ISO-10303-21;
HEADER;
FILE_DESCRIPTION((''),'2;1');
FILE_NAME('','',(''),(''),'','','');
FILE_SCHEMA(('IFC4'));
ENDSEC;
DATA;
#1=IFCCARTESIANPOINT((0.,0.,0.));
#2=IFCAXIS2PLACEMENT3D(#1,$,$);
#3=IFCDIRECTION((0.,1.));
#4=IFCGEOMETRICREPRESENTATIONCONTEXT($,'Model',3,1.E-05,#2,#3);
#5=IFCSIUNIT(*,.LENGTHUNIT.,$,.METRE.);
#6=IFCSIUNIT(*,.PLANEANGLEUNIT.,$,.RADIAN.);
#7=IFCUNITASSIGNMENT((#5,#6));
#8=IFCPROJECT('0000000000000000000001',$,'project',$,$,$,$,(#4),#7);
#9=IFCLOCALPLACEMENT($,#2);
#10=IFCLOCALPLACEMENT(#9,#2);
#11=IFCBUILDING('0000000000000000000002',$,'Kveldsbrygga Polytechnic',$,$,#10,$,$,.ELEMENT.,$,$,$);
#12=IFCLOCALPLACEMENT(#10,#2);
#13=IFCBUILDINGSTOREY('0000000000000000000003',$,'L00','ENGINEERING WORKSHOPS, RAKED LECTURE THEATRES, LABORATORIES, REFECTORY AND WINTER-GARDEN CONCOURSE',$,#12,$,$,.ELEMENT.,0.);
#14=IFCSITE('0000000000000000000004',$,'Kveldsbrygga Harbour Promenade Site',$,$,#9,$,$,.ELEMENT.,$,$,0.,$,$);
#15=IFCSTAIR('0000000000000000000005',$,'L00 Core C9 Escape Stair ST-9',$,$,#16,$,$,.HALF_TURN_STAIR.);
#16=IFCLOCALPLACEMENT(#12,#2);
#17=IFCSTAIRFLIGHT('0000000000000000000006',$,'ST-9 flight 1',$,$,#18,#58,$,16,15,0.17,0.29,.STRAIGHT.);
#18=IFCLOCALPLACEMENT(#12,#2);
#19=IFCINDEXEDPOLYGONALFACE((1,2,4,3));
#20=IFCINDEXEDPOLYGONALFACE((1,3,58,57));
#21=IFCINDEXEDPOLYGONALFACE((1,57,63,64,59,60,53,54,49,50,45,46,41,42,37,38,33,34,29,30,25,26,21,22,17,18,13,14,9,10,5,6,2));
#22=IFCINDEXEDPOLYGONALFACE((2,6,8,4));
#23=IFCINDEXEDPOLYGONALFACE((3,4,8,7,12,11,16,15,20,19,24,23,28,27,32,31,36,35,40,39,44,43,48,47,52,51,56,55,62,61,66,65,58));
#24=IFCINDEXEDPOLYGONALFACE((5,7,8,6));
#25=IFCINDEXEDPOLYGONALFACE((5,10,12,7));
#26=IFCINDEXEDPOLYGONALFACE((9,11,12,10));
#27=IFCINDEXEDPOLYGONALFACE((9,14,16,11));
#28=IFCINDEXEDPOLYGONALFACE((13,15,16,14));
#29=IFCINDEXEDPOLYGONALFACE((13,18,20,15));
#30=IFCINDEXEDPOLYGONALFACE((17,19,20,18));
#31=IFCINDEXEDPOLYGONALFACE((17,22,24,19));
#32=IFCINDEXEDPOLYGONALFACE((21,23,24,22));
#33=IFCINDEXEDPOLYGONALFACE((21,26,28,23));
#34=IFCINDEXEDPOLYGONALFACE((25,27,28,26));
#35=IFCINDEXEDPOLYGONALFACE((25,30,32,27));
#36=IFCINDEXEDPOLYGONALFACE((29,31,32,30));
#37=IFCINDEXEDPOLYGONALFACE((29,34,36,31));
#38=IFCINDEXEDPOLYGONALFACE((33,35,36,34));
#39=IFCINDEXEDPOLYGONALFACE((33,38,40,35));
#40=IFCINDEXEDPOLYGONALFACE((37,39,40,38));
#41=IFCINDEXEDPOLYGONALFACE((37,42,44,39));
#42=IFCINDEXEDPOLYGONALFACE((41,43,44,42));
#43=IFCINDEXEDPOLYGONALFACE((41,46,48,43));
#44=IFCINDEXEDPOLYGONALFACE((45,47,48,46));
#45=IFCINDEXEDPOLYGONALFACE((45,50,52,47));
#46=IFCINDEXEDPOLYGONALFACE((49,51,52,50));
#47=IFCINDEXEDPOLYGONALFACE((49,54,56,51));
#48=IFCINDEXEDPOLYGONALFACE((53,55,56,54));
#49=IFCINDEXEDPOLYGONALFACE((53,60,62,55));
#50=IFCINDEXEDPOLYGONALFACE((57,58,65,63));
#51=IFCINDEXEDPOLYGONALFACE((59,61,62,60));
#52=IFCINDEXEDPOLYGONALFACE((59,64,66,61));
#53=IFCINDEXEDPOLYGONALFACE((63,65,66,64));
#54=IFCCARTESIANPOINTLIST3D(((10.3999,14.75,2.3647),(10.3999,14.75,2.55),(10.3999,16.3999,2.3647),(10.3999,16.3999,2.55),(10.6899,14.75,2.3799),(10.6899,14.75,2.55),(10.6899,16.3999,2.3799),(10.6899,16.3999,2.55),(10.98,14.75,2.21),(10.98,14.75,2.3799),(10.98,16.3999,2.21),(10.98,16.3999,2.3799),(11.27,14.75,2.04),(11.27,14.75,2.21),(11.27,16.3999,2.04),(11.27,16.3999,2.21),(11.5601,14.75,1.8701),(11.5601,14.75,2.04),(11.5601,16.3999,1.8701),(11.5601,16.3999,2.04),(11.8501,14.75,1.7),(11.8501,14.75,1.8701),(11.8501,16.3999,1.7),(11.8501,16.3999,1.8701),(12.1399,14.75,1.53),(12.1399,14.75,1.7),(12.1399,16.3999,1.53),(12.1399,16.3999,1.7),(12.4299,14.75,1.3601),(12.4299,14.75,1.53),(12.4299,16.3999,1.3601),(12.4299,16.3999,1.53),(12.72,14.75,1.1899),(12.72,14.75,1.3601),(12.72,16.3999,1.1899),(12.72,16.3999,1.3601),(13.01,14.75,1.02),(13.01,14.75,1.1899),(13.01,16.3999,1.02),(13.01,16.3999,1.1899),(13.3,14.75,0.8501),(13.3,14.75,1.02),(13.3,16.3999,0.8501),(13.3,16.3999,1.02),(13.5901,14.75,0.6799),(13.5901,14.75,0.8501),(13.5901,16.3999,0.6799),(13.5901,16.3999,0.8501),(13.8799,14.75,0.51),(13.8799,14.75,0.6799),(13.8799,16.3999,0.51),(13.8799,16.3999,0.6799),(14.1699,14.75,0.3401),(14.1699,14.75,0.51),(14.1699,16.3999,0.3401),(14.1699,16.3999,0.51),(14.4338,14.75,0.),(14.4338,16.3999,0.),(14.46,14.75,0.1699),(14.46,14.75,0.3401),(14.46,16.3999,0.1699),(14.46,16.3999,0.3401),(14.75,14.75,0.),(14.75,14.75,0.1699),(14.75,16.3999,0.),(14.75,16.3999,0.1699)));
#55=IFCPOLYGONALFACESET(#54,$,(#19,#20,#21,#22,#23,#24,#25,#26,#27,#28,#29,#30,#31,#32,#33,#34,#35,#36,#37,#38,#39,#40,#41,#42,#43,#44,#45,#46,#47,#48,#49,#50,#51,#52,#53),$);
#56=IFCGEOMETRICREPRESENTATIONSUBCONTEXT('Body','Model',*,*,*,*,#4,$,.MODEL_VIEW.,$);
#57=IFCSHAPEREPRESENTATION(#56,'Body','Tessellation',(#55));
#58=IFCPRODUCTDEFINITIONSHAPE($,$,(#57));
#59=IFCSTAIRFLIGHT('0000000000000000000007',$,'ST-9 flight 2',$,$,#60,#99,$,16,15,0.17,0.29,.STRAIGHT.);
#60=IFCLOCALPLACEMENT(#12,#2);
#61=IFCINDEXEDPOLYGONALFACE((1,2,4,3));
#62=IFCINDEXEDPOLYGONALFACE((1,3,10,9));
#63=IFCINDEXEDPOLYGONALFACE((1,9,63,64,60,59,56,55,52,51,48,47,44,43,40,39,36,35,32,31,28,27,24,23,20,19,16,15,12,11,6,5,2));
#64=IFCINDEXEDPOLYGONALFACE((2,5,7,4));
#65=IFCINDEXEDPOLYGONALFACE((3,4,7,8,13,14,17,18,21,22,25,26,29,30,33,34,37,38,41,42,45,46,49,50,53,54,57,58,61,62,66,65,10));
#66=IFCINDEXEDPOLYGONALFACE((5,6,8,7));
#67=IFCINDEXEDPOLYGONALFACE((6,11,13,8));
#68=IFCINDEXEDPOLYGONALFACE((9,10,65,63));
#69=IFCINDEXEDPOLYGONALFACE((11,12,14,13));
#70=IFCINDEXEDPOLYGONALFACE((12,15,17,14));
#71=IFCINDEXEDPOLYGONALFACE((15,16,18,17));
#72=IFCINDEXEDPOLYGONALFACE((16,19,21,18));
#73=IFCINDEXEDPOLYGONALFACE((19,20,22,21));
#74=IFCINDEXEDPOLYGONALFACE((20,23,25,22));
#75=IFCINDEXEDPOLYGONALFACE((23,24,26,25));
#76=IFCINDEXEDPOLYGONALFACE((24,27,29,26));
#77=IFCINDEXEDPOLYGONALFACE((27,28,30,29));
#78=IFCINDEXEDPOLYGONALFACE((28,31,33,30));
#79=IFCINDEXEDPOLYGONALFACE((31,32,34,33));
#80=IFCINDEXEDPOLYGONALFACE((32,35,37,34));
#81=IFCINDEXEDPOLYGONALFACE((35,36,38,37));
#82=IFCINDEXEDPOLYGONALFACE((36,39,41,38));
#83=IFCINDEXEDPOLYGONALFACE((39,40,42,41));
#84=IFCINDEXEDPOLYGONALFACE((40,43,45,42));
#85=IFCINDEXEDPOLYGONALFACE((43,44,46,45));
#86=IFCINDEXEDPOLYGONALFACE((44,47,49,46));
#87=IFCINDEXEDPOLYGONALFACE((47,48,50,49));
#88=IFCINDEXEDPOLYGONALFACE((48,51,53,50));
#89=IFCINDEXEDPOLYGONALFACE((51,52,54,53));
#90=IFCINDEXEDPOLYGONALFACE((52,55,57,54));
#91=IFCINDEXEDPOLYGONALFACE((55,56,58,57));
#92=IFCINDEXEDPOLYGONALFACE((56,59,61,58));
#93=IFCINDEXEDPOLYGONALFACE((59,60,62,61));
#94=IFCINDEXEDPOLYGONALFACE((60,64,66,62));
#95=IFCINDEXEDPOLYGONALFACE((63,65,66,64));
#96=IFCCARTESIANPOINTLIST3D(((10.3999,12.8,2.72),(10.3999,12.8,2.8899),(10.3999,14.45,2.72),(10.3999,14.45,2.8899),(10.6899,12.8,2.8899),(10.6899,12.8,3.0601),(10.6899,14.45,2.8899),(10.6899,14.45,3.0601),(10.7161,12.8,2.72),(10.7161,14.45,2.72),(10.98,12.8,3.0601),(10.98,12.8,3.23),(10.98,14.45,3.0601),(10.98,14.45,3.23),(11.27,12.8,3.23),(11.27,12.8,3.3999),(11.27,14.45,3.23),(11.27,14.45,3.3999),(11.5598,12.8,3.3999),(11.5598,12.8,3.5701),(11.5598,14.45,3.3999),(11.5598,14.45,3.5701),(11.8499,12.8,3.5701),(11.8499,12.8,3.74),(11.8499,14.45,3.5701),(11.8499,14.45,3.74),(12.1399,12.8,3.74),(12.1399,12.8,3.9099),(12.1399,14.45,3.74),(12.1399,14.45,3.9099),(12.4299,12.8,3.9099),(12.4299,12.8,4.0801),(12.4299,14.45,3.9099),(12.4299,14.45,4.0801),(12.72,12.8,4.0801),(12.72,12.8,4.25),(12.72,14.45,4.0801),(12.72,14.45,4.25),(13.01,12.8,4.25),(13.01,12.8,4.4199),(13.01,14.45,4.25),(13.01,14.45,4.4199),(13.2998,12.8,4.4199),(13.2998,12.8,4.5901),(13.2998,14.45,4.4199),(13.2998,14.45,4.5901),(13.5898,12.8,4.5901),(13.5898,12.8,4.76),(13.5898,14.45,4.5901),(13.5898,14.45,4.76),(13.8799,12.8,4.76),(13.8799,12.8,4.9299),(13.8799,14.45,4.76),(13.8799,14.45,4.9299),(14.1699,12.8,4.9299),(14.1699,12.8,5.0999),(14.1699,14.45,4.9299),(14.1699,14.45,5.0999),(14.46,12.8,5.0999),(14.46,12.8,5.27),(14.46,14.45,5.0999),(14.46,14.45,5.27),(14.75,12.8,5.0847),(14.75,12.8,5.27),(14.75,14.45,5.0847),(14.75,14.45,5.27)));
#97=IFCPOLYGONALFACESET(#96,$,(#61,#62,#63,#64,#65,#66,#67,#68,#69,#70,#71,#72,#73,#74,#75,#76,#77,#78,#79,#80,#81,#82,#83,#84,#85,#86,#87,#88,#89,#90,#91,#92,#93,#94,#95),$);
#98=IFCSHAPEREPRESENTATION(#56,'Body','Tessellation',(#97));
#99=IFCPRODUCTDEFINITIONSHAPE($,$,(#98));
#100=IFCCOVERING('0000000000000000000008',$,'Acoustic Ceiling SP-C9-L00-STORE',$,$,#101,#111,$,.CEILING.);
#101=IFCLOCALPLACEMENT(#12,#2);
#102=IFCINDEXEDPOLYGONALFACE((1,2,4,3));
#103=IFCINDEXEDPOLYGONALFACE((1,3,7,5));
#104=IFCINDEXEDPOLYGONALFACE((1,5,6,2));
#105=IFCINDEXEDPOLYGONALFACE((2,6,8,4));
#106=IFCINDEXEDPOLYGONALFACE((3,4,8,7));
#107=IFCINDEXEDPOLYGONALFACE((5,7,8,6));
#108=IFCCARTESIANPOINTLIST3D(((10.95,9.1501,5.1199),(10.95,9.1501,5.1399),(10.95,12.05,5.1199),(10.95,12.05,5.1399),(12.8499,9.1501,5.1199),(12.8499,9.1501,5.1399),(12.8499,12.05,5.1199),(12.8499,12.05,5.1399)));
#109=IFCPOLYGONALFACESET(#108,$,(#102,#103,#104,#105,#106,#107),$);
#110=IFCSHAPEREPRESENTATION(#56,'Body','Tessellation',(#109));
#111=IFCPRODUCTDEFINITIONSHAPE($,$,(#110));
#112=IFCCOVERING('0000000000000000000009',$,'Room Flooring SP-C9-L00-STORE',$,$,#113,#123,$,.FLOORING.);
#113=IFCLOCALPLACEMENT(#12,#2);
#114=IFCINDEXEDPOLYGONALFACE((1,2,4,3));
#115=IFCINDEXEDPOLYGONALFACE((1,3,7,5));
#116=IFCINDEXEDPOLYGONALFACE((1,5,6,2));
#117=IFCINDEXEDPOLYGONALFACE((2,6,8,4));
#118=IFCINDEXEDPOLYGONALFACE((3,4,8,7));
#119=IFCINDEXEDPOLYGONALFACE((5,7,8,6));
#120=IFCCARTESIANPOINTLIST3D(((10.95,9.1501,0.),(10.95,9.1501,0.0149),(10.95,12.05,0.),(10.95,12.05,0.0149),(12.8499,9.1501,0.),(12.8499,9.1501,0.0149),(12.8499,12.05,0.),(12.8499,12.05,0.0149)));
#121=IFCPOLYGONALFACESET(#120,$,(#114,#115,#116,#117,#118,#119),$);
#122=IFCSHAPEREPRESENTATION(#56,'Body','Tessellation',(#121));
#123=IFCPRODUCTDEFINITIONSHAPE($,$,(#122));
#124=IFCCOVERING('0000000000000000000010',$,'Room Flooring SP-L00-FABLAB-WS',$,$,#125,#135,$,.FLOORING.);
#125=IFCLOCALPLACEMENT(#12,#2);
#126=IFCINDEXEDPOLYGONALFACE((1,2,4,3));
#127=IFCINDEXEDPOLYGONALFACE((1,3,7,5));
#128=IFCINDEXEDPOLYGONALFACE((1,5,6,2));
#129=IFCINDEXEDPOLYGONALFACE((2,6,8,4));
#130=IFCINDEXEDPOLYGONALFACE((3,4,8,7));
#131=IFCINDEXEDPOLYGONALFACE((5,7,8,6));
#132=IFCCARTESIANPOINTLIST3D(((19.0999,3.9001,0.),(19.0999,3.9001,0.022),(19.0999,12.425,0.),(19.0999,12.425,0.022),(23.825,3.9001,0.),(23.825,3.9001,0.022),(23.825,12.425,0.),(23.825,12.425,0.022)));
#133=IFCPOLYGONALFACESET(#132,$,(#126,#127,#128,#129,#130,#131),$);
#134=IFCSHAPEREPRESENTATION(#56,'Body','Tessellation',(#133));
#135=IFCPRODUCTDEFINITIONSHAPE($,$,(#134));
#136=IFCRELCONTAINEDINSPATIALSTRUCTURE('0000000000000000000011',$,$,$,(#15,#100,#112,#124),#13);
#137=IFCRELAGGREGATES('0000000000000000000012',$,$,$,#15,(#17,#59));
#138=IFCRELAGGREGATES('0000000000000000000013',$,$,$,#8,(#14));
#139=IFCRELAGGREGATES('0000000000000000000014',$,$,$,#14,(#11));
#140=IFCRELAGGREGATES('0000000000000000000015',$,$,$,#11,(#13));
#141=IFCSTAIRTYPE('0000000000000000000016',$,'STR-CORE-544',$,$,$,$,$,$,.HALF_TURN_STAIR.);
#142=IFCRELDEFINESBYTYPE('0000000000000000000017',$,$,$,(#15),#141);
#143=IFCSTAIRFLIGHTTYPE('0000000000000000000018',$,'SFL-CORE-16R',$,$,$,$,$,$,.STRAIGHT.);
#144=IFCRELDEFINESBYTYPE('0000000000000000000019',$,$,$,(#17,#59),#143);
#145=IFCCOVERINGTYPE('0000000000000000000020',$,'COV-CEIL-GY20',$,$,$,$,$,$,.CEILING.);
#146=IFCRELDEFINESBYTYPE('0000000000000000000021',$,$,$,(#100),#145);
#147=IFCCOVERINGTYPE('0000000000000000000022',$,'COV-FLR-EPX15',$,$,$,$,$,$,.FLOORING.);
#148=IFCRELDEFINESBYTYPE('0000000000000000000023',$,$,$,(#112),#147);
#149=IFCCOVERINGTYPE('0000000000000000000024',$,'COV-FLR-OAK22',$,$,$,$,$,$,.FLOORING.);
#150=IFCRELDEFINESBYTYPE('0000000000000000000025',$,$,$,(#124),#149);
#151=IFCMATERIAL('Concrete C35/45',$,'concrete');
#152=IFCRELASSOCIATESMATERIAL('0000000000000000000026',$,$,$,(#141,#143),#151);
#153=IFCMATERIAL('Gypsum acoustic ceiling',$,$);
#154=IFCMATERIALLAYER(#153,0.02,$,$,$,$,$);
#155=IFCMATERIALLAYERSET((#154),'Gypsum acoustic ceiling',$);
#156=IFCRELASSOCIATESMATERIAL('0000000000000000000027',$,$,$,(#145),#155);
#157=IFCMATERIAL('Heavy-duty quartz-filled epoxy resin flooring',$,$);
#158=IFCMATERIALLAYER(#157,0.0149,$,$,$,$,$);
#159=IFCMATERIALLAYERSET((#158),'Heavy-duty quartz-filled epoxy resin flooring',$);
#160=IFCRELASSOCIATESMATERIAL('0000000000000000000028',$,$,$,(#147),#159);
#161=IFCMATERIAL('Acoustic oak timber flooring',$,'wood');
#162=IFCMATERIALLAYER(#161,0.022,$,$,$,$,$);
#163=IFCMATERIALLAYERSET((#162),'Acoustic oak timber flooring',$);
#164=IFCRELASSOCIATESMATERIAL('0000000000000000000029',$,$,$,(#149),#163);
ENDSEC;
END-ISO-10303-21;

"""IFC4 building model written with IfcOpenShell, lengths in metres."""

from ifc_helpers import new_model, si_unit, direction, frame, origin, origin_2d, place, context, subcontext, project, spatial, polyline, rectangle, outline, extrude, material, layer, layer_set, type_object, element, aggregate, save


model = new_model("IFC4")

# Units and contexts
model_context = context("Model", 3, precision=1e-05, world=origin(), true_north=direction((0.0, 1.0)))
body_context = subcontext(model_context, "Body", "Model", "MODEL_VIEW")
ifc_project = project(units=[si_unit("LENGTHUNIT", "METRE"), si_unit("PLANEANGLEUNIT", "RADIAN")], contexts=[model_context])

# Site, building, storey
site_placement = place(None, origin())
site = spatial("IfcSite", under=ifc_project, at=site_placement, Name="Kveldsbrygga Harbour Promenade Site", CompositionType="ELEMENT", RefElevation=0.0)
building_placement = place(site_placement, origin())
building = spatial("IfcBuilding", under=site, at=building_placement, Name="Kveldsbrygga Polytechnic", CompositionType="ELEMENT")
storey_placement = place(building_placement, origin())
storey = spatial("IfcBuildingStorey", under=building, at=storey_placement, Name="L00", Description="ENGINEERING WORKSHOPS, RAKED LECTURE THEATRES, LABORATORIES, REFECTORY AND WINTER-GARDEN CONCOURSE", CompositionType="ELEMENT", Elevation=0.0)

# Shared definitions
ifc_material_1 = material(Name="Concrete C35/45", Category="concrete")

# Stair, stair flights
stair_type = type_object("IfcStairType", Name="STR-CORE-544", PredefinedType="HALF_TURN_STAIR", material=ifc_material_1)
stair_placement = place(storey_placement, origin())
stair = element("IfcStair", 1, at=stair_placement, inside=storey, type_object=stair_type, Name="L00 Core C9 Escape Stair ST-9", PredefinedType="HALF_TURN_STAIR")
stair_flight_type = type_object("IfcStairFlightType", Name="SFL-CORE-16R", PredefinedType="STRAIGHT", material=ifc_material_1)
stair_flight_1_placement = place(storey_placement, frame((14.75, 15.575, 0.0), z_axis=(0.0, 0.0, 1.0), x_axis=(-1.0, 0.0, 0.0)))
stair_flight_1 = element("IfcStairFlight", 2, at=stair_flight_1_placement, type_object=stair_flight_type, Name="ST-9 flight 1", NumberOfRisers=16, NumberOfTreads=15, PredefinedType="STRAIGHT", RiserHeight=0.17, TreadLength=0.29, context=body_context, shape_type="SweptSolid", body=[
    extrude(outline(polyline([(0.0, 0.0), (0.0, 0.1699), (0.29, 0.1699), (0.29, 0.3401), (0.5801, 0.3401), (0.5801, 0.51), (0.8701, 0.51), (0.8701, 0.6799), (1.1599, 0.6799), (1.1599, 0.8501), (1.45, 0.8501), (1.45, 1.02), (1.74, 1.02), (1.74, 1.1899), (2.03, 1.1899), (2.03, 1.3601), (2.3201, 1.3601), (2.3201, 1.53), (2.6101, 1.53), (2.6101, 1.7), (2.8999, 1.7), (2.8999, 1.8701), (3.1899, 1.8701), (3.1899, 2.04), (3.48, 2.04), (3.48, 2.21), (3.77, 2.21), (3.77, 2.3799), (4.0601, 2.3799), (4.0601, 2.55), (4.3501, 2.55), (4.3501, 2.72), (4.3501, 2.3647), (0.3162, 0.0), (0.0, 0.0)])), frame((0.0, 0.825, 0.0), z_axis=(0.0, -1.0, 0.0), x_axis=(1.0, 0.0, 0.0)), (0.0, 0.0, 1.0), 1.6499),
])
stair_flight_2_placement = place(storey_placement, frame((10.3999, 13.625, 2.72), z_axis=(0.0, 0.0, 1.0), x_axis=(1.0, 0.0, 0.0)))
stair_flight_2 = element("IfcStairFlight", 3, at=stair_flight_2_placement, type_object=stair_flight_type, Name="ST-9 flight 2", NumberOfRisers=16, NumberOfTreads=15, PredefinedType="STRAIGHT", RiserHeight=0.17, TreadLength=0.29, context=body_context, shape_type="SweptSolid", body=[
    extrude(outline(polyline([(0.0, 0.0), (0.0, 0.1699), (0.29, 0.1699), (0.29, 0.3401), (0.5801, 0.3401), (0.5801, 0.51), (0.8701, 0.51), (0.8701, 0.6799), (1.1599, 0.6799), (1.1599, 0.8501), (1.45, 0.8501), (1.45, 1.02), (1.74, 1.02), (1.74, 1.1899), (2.03, 1.1899), (2.03, 1.3601), (2.3201, 1.3601), (2.3201, 1.53), (2.6101, 1.53), (2.6101, 1.7), (2.8999, 1.7), (2.8999, 1.8701), (3.1899, 1.8701), (3.1899, 2.04), (3.48, 2.04), (3.48, 2.21), (3.77, 2.21), (3.77, 2.3799), (4.0601, 2.3799), (4.0601, 2.55), (4.3501, 2.55), (4.3501, 2.72), (4.3501, 2.3647), (0.3162, 0.0), (0.0, 0.0)])), frame((0.0, 0.825, 0.0), z_axis=(0.0, -1.0, 0.0), x_axis=(1.0, 0.0, 0.0)), (0.0, 0.0, 1.0), 1.6499),
])
aggregate(stair, [stair_flight_1, stair_flight_2])

# Coverings
ifc_material_2 = material(Name="Gypsum acoustic ceiling")
ifc_layer_1 = layer(ifc_material_2, 0.02)
ifc_layer_set_1 = layer_set([ifc_layer_1], Name="Gypsum acoustic ceiling")
covering_type_1 = type_object("IfcCoveringType", Name="COV-CEIL-GY20", PredefinedType="CEILING", material=ifc_layer_set_1)
covering_1_placement = place(storey_placement, frame((11.8999, 10.6001, 5.1199), z_axis=(0.0, 0.0, 1.0), x_axis=(1.0, 0.0, 0.0)))
element("IfcCovering", 4, at=covering_1_placement, inside=storey, type_object=covering_type_1, Name="Acoustic Ceiling SP-C9-L00-STORE", PredefinedType="CEILING", context=body_context, shape_type="SweptSolid", body=[
    extrude(rectangle(XDim=1.8999, YDim=2.8999, at=origin_2d()), origin(), (0.0, 0.0, 1.0), 0.02),
])
ifc_material_3 = material(Name="Heavy-duty quartz-filled epoxy resin flooring")
ifc_layer_2 = layer(ifc_material_3, 0.0149)
ifc_layer_set_2 = layer_set([ifc_layer_2], Name="Heavy-duty quartz-filled epoxy resin flooring")
covering_type_2 = type_object("IfcCoveringType", Name="COV-FLR-EPX15", PredefinedType="FLOORING", material=ifc_layer_set_2)
covering_2_placement = place(storey_placement, frame((11.8999, 10.6001, 0.0), z_axis=(0.0, 0.0, 1.0), x_axis=(1.0, 0.0, 0.0)))
element("IfcCovering", 5, at=covering_2_placement, inside=storey, type_object=covering_type_2, Name="Room Flooring SP-C9-L00-STORE", PredefinedType="FLOORING", context=body_context, shape_type="SweptSolid", body=[
    extrude(rectangle(XDim=1.8999, YDim=2.8999, at=origin_2d()), origin(), (0.0, 0.0, 1.0), 0.0149),
])
ifc_material_4 = material(Name="Acoustic oak timber flooring", Category="wood")
ifc_layer_3 = layer(ifc_material_4, 0.022)
ifc_layer_set_3 = layer_set([ifc_layer_3], Name="Acoustic oak timber flooring")
covering_type_3 = type_object("IfcCoveringType", Name="COV-FLR-OAK22", PredefinedType="FLOORING", material=ifc_layer_set_3)
covering_3_placement = place(storey_placement, frame((21.4624, 8.1626, 0.0), z_axis=(0.0, 0.0, 1.0), x_axis=(1.0, 0.0, 0.0)))
element("IfcCovering", 6, at=covering_3_placement, inside=storey, type_object=covering_type_3, Name="Room Flooring SP-L00-FABLAB-WS", PredefinedType="FLOORING", context=body_context, shape_type="SweptSolid", body=[
    extrude(rectangle(XDim=4.7251, YDim=8.5249, at=origin_2d()), origin(), (0.0, 0.0, 1.0), 0.022),
])

save(model, "model.ifc")
